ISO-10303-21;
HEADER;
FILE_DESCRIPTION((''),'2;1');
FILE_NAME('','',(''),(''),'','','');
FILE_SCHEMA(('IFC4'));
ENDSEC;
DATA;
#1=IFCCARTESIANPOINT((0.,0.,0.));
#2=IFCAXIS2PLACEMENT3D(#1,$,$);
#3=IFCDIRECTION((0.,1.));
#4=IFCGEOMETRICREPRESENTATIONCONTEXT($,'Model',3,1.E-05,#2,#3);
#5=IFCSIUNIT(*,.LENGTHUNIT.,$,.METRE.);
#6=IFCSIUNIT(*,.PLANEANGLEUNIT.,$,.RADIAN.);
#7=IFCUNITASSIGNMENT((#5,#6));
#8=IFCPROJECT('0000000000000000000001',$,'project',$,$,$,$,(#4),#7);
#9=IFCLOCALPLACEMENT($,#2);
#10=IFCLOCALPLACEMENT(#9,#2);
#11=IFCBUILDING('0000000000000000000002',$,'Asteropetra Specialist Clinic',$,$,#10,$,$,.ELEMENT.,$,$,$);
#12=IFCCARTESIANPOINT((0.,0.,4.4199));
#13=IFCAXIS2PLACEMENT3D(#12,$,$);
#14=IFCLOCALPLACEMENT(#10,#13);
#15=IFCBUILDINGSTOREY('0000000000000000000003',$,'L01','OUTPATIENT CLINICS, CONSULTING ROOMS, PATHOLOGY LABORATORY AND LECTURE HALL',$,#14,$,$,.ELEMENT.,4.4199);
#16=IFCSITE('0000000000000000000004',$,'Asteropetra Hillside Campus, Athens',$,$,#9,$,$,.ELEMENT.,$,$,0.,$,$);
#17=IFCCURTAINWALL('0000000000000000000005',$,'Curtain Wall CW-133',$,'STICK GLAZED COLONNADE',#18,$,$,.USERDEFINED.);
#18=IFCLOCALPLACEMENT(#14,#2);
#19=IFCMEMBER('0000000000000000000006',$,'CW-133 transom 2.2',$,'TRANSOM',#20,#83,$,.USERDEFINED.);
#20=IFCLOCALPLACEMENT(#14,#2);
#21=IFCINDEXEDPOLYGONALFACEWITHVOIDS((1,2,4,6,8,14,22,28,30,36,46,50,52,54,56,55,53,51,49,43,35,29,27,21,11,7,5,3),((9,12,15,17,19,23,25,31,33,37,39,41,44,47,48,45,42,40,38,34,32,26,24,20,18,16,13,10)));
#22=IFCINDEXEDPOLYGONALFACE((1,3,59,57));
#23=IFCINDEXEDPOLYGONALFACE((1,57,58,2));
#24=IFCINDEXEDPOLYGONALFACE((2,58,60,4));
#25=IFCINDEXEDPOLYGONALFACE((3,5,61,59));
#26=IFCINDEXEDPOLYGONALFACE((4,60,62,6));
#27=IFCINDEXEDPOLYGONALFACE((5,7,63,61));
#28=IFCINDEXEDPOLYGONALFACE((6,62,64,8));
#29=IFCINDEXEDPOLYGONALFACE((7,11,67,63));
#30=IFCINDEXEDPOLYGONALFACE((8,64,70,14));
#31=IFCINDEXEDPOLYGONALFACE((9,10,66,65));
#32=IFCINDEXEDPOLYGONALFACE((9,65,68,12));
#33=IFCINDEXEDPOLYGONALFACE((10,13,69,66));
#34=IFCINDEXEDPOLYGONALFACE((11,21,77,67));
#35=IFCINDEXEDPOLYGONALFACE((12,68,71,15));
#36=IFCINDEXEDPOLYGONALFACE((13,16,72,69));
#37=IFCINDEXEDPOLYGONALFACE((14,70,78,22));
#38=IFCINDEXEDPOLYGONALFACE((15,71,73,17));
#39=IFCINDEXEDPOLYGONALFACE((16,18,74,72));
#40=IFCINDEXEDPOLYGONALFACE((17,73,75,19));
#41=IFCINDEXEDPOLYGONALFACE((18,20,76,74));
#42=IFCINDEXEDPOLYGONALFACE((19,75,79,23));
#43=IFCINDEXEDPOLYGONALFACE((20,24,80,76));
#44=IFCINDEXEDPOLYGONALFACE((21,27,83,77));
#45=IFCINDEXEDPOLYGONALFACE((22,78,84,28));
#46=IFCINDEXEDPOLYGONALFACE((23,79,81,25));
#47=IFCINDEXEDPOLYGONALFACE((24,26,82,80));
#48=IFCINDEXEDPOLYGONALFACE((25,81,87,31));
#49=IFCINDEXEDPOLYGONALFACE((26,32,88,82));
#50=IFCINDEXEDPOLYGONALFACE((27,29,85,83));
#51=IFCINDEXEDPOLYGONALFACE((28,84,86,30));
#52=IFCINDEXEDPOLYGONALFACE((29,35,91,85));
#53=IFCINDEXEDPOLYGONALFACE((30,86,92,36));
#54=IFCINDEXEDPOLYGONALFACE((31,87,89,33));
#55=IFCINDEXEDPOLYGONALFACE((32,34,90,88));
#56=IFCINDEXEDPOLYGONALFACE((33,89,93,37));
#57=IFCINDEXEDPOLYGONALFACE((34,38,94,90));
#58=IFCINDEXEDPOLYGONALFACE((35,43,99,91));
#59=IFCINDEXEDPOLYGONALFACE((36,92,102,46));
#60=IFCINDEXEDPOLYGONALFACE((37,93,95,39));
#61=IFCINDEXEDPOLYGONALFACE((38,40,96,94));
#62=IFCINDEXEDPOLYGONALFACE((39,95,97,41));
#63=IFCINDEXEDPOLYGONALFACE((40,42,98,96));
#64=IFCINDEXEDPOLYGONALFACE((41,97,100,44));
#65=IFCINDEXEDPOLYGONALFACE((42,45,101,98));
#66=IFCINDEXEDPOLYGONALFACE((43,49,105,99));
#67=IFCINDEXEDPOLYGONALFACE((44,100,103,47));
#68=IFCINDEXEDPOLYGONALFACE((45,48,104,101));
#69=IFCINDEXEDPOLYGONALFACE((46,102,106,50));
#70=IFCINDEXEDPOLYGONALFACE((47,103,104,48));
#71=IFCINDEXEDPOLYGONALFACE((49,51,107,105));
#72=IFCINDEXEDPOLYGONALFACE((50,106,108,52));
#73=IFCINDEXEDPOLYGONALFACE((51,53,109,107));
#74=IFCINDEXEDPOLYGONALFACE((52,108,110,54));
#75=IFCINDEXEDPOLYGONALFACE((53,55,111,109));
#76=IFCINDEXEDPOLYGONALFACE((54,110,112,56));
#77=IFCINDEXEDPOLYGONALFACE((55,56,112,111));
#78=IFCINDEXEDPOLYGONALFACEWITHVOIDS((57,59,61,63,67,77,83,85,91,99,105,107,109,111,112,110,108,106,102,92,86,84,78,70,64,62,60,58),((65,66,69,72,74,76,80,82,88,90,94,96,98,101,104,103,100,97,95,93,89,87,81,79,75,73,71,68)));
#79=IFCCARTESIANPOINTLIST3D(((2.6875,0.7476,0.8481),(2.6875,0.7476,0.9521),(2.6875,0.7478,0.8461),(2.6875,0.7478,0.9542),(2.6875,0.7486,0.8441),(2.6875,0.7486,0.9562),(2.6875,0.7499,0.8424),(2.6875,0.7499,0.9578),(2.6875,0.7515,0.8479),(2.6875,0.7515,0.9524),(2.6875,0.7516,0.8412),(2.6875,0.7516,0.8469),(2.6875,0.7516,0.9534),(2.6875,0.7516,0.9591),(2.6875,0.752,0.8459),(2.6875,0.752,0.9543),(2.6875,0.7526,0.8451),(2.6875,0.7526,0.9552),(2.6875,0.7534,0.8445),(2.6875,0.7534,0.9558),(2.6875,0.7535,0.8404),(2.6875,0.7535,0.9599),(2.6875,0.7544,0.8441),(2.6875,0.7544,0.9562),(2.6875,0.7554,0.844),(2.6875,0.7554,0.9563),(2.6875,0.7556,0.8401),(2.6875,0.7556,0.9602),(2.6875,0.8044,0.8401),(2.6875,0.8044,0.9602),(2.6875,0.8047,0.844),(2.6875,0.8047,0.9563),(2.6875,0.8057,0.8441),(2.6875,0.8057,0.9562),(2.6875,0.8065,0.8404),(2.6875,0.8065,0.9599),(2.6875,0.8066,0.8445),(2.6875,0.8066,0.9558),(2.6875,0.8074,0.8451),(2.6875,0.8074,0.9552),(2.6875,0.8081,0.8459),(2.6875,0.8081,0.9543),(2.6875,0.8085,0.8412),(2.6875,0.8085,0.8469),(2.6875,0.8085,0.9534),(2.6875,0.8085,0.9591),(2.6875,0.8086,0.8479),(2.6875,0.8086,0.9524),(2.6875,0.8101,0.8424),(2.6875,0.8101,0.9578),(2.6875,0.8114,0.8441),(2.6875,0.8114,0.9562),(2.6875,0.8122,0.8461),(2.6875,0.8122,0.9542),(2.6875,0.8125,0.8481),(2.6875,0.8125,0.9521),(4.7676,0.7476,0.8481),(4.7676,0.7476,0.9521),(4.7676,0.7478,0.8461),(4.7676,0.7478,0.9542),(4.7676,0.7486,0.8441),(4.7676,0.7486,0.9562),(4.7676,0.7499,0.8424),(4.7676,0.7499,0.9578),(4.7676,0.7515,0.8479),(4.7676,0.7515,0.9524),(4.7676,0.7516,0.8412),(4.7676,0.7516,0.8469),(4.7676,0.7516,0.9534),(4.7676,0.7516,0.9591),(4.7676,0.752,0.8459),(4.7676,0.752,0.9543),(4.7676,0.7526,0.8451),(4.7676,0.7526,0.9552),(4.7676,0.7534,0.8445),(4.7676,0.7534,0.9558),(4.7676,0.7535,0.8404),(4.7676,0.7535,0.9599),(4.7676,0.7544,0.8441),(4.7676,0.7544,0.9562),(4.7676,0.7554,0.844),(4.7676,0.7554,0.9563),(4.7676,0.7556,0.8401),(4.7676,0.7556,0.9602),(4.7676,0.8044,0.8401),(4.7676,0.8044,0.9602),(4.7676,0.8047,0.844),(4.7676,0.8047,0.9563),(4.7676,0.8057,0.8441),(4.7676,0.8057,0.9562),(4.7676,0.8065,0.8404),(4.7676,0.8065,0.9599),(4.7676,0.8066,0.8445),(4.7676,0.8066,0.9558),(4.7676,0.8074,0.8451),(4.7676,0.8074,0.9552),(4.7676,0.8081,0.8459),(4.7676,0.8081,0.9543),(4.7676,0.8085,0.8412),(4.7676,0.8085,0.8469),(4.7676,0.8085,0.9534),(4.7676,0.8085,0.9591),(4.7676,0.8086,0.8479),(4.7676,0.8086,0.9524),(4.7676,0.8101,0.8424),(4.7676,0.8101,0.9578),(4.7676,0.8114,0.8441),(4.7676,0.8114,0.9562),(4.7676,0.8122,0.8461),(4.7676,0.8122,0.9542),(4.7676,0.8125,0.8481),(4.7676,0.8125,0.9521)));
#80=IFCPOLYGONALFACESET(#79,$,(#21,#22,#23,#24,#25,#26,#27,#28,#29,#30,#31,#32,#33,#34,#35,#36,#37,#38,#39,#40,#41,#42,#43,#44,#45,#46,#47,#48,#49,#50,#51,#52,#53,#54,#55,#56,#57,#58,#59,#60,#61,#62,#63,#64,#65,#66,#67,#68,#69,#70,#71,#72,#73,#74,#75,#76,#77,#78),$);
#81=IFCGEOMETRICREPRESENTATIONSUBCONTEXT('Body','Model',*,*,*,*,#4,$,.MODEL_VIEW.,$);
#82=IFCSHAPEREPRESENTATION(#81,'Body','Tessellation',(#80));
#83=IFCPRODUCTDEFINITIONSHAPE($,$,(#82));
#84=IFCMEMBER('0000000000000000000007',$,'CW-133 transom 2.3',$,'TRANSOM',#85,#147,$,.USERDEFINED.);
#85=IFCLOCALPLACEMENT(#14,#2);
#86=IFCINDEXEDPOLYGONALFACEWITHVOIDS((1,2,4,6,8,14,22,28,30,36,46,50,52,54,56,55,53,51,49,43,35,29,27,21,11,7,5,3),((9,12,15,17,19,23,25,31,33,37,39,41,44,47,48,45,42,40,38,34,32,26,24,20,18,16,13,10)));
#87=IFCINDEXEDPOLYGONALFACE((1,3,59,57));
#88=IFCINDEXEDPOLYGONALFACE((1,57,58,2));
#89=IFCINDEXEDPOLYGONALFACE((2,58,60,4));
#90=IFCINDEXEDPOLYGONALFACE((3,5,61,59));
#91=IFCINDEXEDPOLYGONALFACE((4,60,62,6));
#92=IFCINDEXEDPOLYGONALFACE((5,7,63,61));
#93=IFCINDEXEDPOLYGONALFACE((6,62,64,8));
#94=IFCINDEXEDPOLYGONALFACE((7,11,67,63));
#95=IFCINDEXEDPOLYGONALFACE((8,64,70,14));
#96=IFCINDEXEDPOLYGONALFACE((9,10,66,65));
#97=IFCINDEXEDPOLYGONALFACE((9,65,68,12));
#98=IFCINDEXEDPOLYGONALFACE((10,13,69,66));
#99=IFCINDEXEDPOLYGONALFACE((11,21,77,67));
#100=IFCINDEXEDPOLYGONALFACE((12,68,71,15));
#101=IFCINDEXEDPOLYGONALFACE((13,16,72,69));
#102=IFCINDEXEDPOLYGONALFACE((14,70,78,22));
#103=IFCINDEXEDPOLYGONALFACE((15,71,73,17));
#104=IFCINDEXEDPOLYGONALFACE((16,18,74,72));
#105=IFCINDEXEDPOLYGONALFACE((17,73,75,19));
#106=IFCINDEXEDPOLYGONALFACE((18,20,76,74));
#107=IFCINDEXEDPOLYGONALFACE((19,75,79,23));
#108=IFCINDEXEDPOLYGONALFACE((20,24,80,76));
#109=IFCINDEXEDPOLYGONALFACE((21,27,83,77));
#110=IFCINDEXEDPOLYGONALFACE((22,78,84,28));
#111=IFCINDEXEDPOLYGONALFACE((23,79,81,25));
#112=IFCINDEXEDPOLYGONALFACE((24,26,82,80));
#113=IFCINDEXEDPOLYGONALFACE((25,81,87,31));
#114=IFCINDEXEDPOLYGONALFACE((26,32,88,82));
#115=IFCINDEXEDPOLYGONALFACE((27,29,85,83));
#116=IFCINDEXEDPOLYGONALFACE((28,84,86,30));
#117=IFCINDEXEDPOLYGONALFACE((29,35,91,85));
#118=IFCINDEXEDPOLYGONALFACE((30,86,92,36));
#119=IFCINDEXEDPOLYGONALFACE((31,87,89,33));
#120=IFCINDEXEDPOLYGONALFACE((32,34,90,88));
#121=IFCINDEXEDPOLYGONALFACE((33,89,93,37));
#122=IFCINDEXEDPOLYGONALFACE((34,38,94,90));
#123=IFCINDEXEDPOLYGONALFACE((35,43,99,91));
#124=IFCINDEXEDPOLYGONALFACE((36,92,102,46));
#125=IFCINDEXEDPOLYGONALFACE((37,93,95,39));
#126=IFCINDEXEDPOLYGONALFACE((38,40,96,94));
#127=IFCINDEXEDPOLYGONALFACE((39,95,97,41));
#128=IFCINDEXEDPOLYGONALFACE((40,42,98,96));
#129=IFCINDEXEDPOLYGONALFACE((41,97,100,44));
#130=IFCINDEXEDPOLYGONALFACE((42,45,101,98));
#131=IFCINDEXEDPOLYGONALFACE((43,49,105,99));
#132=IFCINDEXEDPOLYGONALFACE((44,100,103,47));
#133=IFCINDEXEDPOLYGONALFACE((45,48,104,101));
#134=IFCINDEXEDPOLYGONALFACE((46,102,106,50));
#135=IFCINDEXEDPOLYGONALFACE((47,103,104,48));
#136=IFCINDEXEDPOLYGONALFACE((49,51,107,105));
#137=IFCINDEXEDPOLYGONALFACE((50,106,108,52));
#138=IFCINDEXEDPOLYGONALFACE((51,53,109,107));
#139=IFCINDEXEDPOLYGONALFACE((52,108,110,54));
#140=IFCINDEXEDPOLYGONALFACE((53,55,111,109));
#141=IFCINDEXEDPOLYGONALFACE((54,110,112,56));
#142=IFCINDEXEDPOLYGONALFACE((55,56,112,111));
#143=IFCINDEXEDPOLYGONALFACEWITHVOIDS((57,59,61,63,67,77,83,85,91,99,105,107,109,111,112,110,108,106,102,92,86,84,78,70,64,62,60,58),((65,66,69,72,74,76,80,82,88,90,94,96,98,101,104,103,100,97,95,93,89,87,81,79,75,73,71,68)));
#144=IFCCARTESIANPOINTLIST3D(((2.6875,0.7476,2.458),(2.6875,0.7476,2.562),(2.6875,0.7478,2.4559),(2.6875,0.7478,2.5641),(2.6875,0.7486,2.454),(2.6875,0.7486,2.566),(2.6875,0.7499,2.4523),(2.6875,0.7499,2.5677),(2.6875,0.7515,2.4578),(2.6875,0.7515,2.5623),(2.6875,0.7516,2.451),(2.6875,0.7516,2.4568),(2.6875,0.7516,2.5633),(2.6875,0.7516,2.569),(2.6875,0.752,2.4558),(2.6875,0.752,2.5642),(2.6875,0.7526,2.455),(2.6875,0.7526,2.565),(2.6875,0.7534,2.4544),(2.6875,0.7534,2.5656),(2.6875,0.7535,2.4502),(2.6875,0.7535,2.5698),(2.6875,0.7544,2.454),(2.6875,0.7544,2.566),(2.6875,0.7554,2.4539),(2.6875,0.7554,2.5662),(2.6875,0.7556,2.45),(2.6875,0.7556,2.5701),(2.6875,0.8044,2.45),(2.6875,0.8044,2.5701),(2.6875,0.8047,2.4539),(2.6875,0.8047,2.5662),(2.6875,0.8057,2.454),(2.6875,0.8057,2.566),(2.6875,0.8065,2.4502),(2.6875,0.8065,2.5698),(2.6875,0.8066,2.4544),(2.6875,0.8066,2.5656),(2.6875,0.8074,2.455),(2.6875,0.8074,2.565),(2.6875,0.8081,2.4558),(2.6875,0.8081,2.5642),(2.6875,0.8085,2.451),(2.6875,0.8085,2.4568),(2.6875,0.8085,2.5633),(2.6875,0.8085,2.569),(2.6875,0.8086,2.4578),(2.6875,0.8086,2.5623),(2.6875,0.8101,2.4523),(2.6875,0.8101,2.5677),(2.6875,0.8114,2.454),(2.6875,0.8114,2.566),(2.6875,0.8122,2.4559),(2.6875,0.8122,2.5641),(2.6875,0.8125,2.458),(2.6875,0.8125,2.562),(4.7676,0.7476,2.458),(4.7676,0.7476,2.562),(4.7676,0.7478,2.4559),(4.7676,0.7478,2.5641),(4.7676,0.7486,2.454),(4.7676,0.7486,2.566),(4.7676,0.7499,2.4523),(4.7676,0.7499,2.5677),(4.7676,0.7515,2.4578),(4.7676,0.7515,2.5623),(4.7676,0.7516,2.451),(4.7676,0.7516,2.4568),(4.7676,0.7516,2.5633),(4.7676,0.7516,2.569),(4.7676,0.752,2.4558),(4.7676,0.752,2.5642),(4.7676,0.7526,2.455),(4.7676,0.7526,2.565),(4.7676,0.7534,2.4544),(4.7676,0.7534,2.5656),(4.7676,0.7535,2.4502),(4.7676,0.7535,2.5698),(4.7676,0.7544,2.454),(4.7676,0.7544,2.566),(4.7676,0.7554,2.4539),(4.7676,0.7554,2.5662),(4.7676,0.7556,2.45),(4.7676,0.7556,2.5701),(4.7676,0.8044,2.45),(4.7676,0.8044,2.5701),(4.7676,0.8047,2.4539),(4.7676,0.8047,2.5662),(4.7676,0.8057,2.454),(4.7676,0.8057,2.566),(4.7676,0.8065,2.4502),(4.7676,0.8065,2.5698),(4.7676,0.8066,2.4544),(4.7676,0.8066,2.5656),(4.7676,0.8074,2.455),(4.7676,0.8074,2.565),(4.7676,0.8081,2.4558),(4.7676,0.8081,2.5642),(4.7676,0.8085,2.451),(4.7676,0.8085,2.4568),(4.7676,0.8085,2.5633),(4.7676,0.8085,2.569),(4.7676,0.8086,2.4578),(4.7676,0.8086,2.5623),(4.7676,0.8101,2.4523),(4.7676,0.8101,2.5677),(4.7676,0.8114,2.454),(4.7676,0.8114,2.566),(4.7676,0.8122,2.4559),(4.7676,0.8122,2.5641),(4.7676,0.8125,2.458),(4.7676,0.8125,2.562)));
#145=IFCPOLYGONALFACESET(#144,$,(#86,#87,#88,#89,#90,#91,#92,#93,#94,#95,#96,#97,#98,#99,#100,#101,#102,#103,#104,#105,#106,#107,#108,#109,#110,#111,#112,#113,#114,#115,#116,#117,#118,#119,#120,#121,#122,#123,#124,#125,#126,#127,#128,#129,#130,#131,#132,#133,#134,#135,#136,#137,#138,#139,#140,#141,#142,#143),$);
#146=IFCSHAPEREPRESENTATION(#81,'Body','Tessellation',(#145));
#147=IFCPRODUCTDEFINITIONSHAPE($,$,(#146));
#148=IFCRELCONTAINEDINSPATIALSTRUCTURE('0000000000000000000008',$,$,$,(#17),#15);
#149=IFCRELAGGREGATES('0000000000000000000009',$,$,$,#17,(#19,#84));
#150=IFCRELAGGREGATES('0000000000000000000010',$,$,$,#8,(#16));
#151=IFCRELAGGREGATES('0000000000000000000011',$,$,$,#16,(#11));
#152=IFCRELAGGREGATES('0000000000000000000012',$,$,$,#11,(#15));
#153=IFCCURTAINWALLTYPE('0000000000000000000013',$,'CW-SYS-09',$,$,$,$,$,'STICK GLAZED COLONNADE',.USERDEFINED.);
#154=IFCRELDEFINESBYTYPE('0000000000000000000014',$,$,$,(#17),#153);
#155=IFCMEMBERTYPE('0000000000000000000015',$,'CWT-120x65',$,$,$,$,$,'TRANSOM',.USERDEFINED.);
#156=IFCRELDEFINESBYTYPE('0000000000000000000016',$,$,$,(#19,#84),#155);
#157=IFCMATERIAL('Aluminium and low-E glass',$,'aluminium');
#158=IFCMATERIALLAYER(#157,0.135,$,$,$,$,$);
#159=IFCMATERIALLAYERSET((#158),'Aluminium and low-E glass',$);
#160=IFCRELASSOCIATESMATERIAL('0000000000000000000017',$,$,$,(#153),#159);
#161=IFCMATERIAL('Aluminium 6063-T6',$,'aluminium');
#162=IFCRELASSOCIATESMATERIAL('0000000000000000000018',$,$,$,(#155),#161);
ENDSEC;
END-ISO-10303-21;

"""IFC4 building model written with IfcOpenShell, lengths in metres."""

from ifc_helpers import new_model, si_unit, direction, frame, origin, origin_2d, place, context, subcontext, project, spatial, hollow_rectangle, extrude, material, layer, layer_set, material_profile, profile_set, type_object, element, aggregate, save


model = new_model("IFC4")

# Units and contexts
model_context = context("Model", 3, precision=1e-05, world=origin(), true_north=direction((0.0, 1.0)))
body_context = subcontext(model_context, "Body", "Model", "MODEL_VIEW")
ifc_project = project(units=[si_unit("LENGTHUNIT", "METRE"), si_unit("PLANEANGLEUNIT", "RADIAN")], contexts=[model_context])

# Site, building, storey
site_placement = place(None, origin())
site = spatial("IfcSite", under=ifc_project, at=site_placement, Name="Asteropetra Hillside Campus, Athens", CompositionType="ELEMENT", RefElevation=0.0)
building_placement = place(site_placement, origin())
building = spatial("IfcBuilding", under=site, at=building_placement, Name="Asteropetra Specialist Clinic", CompositionType="ELEMENT")
storey_placement = place(building_placement, frame((0.0, 0.0, 4.4199)))
storey = spatial("IfcBuildingStorey", under=building, at=storey_placement, Name="L01", Description="OUTPATIENT CLINICS, CONSULTING ROOMS, PATHOLOGY LABORATORY AND LECTURE HALL", CompositionType="ELEMENT", Elevation=4.4199)

# Curtain wall, members
ifc_material_1 = material(Name="Aluminium and low-E glass", Category="aluminium")
ifc_layer_1 = layer(ifc_material_1, 0.135)
ifc_layer_set_1 = layer_set([ifc_layer_1], Name="Aluminium and low-E glass")
curtain_wall_type = type_object("IfcCurtainWallType", Name="CW-SYS-09", ElementType="STICK GLAZED COLONNADE", PredefinedType="USERDEFINED", material=ifc_layer_set_1)
curtain_wall_placement = place(storey_placement, origin())
curtain_wall = element("IfcCurtainWall", 1, at=curtain_wall_placement, inside=storey, type_object=curtain_wall_type, Name="Curtain Wall CW-133", ObjectType="STICK GLAZED COLONNADE", PredefinedType="USERDEFINED")
ifc_material_2 = material(Name="Aluminium 6063-T6", Category="aluminium")
ifc_material_profile_1 = material_profile(ifc_material_2, hollow_rectangle(XDim=0.0649, YDim=0.1201, WallThickness=0.0039, InnerFilletRadius=0.0039, OuterFilletRadius=0.0081, at=origin_2d()), Name="TRN 120x65x4.0")
ifc_profile_set_1 = profile_set([ifc_material_profile_1], Name="Aluminium 6063-T6")
member_type_1 = type_object("IfcMemberType", Name="CWT-120x65", ElementType="TRANSOM", PredefinedType="USERDEFINED", material=ifc_profile_set_1)
member_1_placement = place(storey_placement, frame((2.6875, 0.78, 0.9001), z_axis=(1.0, 0.0, 0.0), x_axis=(0.0, 1.0, 0.0)))
member_1 = element("IfcMember", 2, at=member_1_placement, type_object=member_type_1, Name="CW-133 transom 2.2", ObjectType="TRANSOM", PredefinedType="USERDEFINED", context=body_context, shape_type="SweptSolid", body=[
    extrude(hollow_rectangle(XDim=0.0649, YDim=0.1201, WallThickness=0.0039, InnerFilletRadius=0.0039, OuterFilletRadius=0.0081, at=origin_2d()), origin(), (0.0, 0.0, 1.0), 2.0801),
])
member_2_placement = place(storey_placement, frame((2.6875, 0.78, 2.51), z_axis=(1.0, 0.0, 0.0), x_axis=(0.0, 1.0, 0.0)))
member_2 = element("IfcMember", 3, at=member_2_placement, type_object=member_type_1, Name="CW-133 transom 2.3", ObjectType="TRANSOM", PredefinedType="USERDEFINED", context=body_context, shape_type="SweptSolid", body=[
    extrude(hollow_rectangle(XDim=0.0649, YDim=0.1201, WallThickness=0.0039, InnerFilletRadius=0.0039, OuterFilletRadius=0.0081, at=origin_2d()), origin(), (0.0, 0.0, 1.0), 2.0801),
])

aggregate(curtain_wall, [member_1, member_2])

save(model, "model.ifc")
